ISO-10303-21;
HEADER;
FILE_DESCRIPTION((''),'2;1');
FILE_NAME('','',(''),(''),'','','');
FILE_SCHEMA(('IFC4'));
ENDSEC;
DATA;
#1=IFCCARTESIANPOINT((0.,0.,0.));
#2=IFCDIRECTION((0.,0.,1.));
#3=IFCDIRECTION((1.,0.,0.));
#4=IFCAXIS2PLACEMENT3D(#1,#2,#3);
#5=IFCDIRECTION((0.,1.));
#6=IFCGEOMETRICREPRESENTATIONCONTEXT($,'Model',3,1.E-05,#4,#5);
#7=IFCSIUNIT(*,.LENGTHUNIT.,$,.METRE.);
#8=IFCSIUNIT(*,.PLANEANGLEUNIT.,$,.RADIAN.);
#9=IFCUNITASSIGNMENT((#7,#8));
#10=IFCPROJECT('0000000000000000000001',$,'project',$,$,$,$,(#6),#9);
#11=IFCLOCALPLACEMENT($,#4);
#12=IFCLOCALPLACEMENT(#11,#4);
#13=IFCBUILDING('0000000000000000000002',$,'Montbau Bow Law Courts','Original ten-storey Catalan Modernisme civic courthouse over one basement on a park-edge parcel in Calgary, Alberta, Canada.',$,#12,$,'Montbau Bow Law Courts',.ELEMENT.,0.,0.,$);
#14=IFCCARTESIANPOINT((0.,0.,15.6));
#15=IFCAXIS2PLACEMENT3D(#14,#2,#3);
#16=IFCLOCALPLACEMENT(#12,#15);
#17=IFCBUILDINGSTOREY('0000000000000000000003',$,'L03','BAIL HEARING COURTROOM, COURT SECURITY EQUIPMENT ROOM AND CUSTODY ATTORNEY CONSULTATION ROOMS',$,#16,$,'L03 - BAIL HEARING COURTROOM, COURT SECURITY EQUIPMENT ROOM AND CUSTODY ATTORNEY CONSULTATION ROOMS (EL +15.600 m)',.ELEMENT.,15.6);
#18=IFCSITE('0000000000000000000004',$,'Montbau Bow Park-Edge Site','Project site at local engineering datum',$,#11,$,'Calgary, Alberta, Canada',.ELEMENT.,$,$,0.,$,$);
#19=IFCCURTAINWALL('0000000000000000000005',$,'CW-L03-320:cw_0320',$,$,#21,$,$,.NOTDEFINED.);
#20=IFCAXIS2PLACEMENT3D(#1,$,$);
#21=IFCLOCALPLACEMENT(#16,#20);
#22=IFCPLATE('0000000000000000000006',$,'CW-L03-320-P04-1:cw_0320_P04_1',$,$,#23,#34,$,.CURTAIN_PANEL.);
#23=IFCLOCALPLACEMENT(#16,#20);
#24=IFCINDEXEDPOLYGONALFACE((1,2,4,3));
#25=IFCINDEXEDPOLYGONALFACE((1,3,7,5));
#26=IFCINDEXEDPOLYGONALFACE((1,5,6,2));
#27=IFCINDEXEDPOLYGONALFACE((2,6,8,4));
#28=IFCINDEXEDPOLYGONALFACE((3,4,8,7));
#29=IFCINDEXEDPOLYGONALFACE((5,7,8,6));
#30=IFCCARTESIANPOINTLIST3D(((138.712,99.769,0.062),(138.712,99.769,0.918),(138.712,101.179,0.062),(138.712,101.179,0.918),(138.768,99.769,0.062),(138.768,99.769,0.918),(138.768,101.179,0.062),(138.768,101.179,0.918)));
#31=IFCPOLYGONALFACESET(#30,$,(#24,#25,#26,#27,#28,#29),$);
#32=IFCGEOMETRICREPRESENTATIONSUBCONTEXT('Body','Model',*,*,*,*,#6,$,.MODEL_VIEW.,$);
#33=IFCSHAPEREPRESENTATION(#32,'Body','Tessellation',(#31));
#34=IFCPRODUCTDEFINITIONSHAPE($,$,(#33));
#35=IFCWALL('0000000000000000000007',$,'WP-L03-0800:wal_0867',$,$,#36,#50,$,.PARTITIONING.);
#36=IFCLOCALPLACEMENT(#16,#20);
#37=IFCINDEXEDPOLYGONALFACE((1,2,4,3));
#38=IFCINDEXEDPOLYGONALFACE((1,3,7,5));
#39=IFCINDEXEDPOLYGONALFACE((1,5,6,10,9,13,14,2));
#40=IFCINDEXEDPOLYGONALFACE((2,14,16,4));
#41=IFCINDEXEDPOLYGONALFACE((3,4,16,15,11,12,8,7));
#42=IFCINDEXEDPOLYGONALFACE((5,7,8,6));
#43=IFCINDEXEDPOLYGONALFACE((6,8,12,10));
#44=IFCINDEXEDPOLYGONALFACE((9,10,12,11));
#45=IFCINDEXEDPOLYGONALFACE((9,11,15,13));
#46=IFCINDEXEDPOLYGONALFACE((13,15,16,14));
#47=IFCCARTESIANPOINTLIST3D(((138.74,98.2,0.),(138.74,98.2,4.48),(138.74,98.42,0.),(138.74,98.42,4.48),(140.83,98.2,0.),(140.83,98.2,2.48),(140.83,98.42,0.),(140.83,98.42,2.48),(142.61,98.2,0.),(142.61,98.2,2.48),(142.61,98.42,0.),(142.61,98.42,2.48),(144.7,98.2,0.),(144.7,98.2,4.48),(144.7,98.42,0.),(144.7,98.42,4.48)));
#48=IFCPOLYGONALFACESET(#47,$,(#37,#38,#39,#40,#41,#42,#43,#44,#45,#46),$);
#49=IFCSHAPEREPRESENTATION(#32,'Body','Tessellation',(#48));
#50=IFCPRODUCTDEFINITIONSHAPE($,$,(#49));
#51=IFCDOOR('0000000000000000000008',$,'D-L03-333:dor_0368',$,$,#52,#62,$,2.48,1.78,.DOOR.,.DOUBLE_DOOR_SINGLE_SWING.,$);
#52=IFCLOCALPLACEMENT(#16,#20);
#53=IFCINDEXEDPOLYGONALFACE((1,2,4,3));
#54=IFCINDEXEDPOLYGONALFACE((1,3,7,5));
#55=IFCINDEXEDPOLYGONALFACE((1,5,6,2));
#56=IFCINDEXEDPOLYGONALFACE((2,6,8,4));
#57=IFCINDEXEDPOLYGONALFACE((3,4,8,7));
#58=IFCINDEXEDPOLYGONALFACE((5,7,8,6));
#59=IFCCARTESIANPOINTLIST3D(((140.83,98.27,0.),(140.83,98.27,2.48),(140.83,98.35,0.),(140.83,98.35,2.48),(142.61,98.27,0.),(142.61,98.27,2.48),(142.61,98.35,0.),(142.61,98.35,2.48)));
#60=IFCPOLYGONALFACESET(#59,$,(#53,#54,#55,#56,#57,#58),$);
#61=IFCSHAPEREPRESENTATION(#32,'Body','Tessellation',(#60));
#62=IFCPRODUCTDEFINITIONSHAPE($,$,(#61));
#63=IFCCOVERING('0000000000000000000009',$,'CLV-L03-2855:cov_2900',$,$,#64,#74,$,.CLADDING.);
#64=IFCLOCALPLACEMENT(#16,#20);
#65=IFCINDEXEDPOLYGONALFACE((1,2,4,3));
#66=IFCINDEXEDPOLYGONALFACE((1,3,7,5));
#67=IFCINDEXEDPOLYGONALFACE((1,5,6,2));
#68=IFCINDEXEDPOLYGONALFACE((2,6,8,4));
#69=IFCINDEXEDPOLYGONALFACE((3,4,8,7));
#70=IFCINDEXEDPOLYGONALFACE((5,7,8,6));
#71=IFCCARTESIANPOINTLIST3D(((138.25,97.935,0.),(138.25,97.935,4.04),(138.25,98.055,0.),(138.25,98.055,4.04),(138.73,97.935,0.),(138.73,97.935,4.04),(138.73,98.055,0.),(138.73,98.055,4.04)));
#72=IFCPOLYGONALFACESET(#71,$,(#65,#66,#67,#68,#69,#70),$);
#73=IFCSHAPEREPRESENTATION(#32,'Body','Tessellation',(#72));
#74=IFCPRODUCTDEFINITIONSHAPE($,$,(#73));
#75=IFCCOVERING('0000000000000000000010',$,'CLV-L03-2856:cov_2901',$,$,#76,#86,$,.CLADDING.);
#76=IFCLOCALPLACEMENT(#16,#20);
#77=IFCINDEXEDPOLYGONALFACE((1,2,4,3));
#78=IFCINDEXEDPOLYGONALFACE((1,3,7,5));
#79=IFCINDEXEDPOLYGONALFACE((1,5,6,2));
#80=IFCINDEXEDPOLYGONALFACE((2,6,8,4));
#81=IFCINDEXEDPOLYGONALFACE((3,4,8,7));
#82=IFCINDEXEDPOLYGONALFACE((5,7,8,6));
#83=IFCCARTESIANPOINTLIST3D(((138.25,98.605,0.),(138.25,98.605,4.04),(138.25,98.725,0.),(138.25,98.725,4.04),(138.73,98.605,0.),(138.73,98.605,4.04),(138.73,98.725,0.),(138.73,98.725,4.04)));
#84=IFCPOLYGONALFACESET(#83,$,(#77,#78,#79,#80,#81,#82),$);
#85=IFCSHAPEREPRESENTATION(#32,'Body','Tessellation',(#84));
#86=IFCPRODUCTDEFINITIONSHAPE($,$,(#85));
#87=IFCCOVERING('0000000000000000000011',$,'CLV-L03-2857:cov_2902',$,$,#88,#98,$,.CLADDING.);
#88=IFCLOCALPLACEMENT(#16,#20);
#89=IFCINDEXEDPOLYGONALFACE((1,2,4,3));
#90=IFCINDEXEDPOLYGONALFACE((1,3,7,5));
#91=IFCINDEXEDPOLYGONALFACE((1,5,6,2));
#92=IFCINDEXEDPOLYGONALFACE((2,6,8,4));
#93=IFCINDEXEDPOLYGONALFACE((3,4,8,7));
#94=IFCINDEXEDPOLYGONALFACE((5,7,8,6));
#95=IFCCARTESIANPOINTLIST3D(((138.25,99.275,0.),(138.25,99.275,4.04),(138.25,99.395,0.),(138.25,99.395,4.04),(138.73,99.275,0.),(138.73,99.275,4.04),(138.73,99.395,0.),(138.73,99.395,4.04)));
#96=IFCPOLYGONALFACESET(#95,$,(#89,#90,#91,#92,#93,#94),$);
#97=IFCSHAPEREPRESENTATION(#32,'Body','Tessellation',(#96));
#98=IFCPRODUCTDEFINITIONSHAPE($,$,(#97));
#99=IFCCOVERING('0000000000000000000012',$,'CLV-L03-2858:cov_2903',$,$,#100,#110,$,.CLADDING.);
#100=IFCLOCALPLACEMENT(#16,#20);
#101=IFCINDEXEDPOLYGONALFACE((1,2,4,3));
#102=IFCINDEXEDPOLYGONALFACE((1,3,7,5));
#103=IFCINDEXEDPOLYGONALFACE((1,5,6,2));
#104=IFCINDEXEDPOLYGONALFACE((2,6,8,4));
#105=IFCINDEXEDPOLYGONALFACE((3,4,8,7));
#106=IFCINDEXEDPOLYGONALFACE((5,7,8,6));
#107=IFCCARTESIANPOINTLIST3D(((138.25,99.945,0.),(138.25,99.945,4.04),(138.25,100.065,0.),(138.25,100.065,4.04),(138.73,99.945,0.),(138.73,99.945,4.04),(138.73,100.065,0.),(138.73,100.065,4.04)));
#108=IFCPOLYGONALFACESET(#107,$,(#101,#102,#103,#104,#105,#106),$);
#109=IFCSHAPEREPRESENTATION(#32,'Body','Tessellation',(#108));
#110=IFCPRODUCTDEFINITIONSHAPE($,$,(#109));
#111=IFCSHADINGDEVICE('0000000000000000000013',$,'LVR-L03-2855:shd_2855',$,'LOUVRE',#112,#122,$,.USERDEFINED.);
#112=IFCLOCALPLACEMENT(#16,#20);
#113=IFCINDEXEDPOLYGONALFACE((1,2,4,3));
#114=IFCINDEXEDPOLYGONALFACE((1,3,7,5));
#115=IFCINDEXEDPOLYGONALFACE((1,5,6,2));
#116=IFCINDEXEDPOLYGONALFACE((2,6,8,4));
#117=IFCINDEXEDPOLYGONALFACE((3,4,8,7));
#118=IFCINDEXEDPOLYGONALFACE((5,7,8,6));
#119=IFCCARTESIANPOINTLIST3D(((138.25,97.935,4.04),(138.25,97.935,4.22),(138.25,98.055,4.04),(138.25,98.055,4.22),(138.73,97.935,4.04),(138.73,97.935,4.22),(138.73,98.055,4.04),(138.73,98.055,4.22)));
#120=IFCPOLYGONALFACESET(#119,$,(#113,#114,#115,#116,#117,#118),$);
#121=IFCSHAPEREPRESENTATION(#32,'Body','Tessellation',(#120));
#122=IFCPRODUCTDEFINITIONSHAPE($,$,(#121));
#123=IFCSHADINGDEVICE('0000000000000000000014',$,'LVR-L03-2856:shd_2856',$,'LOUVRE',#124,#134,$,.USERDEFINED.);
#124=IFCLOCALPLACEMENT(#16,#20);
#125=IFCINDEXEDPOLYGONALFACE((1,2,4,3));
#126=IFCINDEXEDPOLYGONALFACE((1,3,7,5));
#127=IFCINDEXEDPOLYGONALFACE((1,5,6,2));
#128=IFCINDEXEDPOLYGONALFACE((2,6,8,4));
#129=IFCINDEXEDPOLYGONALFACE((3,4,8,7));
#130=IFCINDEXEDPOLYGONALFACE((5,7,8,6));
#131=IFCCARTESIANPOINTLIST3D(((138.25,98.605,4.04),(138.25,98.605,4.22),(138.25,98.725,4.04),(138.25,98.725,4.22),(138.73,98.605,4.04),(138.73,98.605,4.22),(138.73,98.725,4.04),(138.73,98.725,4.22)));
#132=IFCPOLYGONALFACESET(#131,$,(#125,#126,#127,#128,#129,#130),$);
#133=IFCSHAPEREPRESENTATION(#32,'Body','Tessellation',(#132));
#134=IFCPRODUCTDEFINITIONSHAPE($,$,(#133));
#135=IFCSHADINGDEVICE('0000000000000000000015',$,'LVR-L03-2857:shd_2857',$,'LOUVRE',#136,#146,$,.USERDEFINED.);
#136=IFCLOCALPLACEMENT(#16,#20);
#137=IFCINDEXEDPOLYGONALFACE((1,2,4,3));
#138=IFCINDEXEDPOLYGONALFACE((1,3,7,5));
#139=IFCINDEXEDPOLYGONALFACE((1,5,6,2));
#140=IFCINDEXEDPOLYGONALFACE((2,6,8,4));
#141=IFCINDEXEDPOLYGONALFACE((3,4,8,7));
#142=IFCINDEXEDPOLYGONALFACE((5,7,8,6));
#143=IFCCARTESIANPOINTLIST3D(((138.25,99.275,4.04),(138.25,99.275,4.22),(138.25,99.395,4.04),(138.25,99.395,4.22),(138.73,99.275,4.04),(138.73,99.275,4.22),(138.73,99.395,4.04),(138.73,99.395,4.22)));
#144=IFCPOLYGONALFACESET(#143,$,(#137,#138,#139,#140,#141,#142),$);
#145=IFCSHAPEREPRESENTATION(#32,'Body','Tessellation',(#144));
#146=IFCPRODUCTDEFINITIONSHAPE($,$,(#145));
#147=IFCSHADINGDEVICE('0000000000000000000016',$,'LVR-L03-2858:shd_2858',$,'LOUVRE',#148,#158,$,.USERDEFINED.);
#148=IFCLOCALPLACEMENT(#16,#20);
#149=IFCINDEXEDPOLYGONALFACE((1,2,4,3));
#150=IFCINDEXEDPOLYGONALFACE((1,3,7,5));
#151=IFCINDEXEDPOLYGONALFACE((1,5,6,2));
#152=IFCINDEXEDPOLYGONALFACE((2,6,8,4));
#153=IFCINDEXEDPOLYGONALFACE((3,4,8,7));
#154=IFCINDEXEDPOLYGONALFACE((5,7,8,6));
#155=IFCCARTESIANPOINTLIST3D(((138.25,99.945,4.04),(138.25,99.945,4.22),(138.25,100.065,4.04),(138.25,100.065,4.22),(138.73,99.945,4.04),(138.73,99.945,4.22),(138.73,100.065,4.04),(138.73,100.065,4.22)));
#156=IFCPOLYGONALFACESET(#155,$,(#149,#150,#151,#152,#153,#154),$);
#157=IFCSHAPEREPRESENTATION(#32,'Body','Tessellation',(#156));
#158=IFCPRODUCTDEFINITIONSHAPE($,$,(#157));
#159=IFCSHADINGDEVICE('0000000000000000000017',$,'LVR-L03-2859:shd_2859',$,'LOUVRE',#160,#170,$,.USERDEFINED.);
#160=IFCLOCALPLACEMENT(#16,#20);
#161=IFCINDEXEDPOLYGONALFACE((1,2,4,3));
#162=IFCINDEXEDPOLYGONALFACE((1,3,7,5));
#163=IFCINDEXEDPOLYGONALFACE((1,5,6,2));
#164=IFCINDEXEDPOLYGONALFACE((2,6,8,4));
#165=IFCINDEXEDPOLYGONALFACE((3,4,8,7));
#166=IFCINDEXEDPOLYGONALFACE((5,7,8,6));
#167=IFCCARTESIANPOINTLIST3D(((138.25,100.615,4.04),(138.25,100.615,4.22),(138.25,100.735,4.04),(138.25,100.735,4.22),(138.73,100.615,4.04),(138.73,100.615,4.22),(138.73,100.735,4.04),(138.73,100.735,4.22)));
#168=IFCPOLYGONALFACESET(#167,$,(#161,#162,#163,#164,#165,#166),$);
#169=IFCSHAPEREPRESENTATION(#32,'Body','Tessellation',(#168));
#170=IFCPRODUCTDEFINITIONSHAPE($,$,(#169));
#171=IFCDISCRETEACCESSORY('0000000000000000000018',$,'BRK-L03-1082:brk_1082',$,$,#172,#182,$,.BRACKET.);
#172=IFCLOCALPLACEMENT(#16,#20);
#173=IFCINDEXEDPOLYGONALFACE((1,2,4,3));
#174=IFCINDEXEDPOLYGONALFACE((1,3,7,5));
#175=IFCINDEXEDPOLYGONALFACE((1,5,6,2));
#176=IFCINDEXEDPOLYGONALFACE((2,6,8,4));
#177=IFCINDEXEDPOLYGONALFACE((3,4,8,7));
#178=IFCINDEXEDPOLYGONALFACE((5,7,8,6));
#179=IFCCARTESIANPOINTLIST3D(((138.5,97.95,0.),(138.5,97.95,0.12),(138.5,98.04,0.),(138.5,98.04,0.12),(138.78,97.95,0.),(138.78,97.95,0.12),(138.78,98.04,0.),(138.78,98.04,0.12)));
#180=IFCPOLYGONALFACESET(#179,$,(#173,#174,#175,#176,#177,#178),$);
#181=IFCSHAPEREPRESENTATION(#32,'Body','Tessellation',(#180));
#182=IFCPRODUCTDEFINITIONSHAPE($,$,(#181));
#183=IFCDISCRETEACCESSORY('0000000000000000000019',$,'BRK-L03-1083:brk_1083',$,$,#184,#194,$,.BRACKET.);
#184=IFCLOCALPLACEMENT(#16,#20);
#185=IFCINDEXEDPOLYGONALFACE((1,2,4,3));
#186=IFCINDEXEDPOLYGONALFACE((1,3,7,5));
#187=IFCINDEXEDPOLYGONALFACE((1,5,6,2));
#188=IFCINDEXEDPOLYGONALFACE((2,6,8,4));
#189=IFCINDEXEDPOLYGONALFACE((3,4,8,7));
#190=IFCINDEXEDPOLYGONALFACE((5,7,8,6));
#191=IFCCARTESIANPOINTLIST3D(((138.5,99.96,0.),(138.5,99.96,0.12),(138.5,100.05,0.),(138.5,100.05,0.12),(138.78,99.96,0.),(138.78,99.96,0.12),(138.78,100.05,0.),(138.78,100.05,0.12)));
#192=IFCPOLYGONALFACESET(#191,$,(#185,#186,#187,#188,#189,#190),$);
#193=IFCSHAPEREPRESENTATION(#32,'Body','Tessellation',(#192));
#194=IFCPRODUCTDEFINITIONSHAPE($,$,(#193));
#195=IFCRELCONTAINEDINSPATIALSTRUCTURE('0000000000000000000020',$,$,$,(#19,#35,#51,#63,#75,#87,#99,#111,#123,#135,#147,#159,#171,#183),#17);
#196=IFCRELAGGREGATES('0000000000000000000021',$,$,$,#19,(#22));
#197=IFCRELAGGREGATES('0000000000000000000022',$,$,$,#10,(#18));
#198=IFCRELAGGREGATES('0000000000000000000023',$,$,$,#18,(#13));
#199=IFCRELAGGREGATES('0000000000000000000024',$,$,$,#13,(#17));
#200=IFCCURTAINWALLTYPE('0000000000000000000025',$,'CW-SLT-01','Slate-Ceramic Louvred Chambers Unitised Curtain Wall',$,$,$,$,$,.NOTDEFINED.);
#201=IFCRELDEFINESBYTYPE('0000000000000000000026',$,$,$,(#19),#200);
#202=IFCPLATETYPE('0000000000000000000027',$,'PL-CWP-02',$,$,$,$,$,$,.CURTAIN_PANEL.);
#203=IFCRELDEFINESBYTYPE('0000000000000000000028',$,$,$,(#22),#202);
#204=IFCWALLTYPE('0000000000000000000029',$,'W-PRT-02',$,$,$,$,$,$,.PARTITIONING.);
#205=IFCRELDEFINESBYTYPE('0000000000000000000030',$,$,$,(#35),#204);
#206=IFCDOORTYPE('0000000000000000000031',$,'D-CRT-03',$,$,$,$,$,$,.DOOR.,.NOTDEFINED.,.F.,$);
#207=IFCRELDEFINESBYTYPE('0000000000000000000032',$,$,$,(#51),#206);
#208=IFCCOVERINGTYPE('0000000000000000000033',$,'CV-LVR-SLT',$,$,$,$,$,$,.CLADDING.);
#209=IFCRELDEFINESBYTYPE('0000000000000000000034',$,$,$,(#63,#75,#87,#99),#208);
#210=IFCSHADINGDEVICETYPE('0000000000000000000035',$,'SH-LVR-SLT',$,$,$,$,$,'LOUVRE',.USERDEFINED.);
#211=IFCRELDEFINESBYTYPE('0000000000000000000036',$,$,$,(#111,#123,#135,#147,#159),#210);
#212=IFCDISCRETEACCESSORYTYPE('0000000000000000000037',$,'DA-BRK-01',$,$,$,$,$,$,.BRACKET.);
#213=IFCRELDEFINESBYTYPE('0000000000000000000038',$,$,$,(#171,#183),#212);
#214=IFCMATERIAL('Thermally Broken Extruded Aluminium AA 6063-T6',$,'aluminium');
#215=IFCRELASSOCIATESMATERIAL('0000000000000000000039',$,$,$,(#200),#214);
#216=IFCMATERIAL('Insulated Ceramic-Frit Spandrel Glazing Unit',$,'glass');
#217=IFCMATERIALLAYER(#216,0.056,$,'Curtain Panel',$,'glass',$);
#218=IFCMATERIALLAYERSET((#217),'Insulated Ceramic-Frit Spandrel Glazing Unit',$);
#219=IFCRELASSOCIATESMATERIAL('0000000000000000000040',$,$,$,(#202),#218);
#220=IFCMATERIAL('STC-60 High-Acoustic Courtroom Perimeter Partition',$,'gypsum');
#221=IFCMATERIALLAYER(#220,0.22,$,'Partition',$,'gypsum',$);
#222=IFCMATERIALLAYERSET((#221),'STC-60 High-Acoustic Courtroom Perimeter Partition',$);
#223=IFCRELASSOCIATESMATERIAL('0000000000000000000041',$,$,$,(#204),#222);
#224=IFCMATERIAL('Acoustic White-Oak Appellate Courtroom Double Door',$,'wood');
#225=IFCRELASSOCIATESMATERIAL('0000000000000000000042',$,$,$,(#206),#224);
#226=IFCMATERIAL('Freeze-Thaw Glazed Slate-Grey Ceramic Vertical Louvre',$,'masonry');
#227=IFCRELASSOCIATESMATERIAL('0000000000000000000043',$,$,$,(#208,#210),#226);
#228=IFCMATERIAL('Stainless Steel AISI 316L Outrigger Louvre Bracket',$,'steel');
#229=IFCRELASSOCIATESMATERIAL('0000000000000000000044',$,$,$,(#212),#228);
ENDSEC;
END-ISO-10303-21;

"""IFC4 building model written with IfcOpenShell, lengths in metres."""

from ifc_helpers import new_model, si_unit, direction, frame, frame_2d, origin_with_axes, origin_2d_with_axis, place, context, subcontext, project, spatial, rectangle, extrude, material, layer, layer_set, type_object, element, fill, aggregate, save


model = new_model("IFC4")

# Units and contexts
model_context = context("Model", 3, precision=1e-05, world=origin_with_axes(), true_north=direction((0.0, 1.0)))
body_context = subcontext(model_context, "Body", "Model", "MODEL_VIEW")
ifc_project = project(units=[si_unit("LENGTHUNIT", "METRE"), si_unit("PLANEANGLEUNIT", "RADIAN")], contexts=[model_context])

# Site, building, storey
site_placement = place(None, origin_with_axes())
site = spatial("IfcSite", under=ifc_project, at=site_placement, Name="Montbau Bow Park-Edge Site", Description="Project site at local engineering datum", LongName="Calgary, Alberta, Canada", CompositionType="ELEMENT", RefElevation=0.0)
building_placement = place(site_placement, origin_with_axes())
building = spatial("IfcBuilding", under=site, at=building_placement, Name="Montbau Bow Law Courts", Description="Original ten-storey Catalan Modernisme civic courthouse over one basement on a park-edge parcel in Calgary, Alberta, Canada.", LongName="Montbau Bow Law Courts", CompositionType="ELEMENT", ElevationOfRefHeight=0.0, ElevationOfTerrain=0.0)
storey_placement = place(building_placement, frame((0.0, 0.0, 15.6), z_axis=(0.0, 0.0, 1.0), x_axis=(1.0, 0.0, 0.0)))
storey = spatial("IfcBuildingStorey", under=building, at=storey_placement, Name="L03", Description="BAIL HEARING COURTROOM, COURT SECURITY EQUIPMENT ROOM AND CUSTODY ATTORNEY CONSULTATION ROOMS", LongName="L03 - BAIL HEARING COURTROOM, COURT SECURITY EQUIPMENT ROOM AND CUSTODY ATTORNEY CONSULTATION ROOMS (EL +15.600 m)", CompositionType="ELEMENT", Elevation=15.6)

# Curtain wall, plate
ifc_material_1 = material(Name="Thermally Broken Extruded Aluminium AA 6063-T6", Category="aluminium")
curtain_wall_type = type_object("IfcCurtainWallType", Name="CW-SLT-01", Description="Slate-Ceramic Louvred Chambers Unitised Curtain Wall", PredefinedType="NOTDEFINED", material=ifc_material_1)
curtain_wall_placement = place(None, frame((138.74, 95.315, 15.6), z_axis=(0.0, 0.0, 1.0), x_axis=(1.0, 0.0, 0.0)))
curtain_wall = element("IfcCurtainWall", 1, at=curtain_wall_placement, inside=storey, type_object=curtain_wall_type, Name="CW-L03-320:cw_0320", PredefinedType="NOTDEFINED")
ifc_material_2 = material(Name="Insulated Ceramic-Frit Spandrel Glazing Unit", Category="glass")
ifc_layer_1 = layer(ifc_material_2, 0.056, Name="Curtain Panel", Category="glass")
ifc_layer_set_1 = layer_set([ifc_layer_1], Name="Insulated Ceramic-Frit Spandrel Glazing Unit")
plate_type_1 = type_object("IfcPlateType", Name="PL-CWP-02", PredefinedType="CURTAIN_PANEL", material=ifc_layer_set_1)
plate_1_placement = place(None, frame((138.74, 99.769, 15.662), z_axis=(1.0, 0.0, 0.0), x_axis=(0.0, 1.0, 0.0)))
plate_1 = element("IfcPlate", 2, at=plate_1_placement, type_object=plate_type_1, Name="CW-L03-320-P04-1:cw_0320_P04_1", PredefinedType="CURTAIN_PANEL", context=body_context, shape_type="SweptSolid", body=[
    extrude(rectangle(XDim=1.41, YDim=0.856, at=frame_2d((0.705, 0.428), x_axis=(1.0, 0.0))), frame((0.0, 0.0, -0.028), z_axis=(0.0, 0.0, 1.0), x_axis=(1.0, 0.0, 0.0)), (0.0, 0.0, 1.0), 0.056),
])
aggregate(curtain_wall, [plate_1])

# Wall, opening, door
ifc_material_3 = material(Name="STC-60 High-Acoustic Courtroom Perimeter Partition", Category="gypsum")
ifc_layer_2 = layer(ifc_material_3, 0.22, Name="Partition", Category="gypsum")
ifc_layer_set_2 = layer_set([ifc_layer_2], Name="STC-60 High-Acoustic Courtroom Perimeter Partition")
wall_type = type_object("IfcWallType", Name="W-PRT-02", PredefinedType="PARTITIONING", material=ifc_layer_set_2)
wall_placement = place(None, frame((138.74, 98.31, 15.6), z_axis=(0.0, 0.0, 1.0), x_axis=(1.0, 0.0, 0.0)))
wall = element("IfcWall", 3, at=wall_placement, inside=storey, type_object=wall_type, Name="WP-L03-0800:wal_0867", PredefinedType="PARTITIONING", context=body_context, shape_type="SweptSolid", body=[
    extrude(rectangle(XDim=5.96, YDim=0.22, at=frame_2d((2.98, 0.0), x_axis=(1.0, 0.0))), origin_with_axes(), (0.0, 0.0, 1.0), 4.48),
])
opening_placement = place(None, frame((141.72, 98.31, 15.6), z_axis=(0.0, 0.0, 1.0), x_axis=(1.0, 0.0, 0.0)))
opening = element("IfcOpeningElement", 4, at=opening_placement, cuts=wall, PredefinedType="OPENING", context=body_context, shape_type="SweptSolid", body=[
    extrude(rectangle(XDim=1.78, YDim=2.48, at=frame_2d((0.0, 1.24), x_axis=(1.0, 0.0))), frame((0.0, 0.12, 0.0), z_axis=(0.0, -1.0, 0.0), x_axis=(1.0, 0.0, 0.0)), (0.0, 0.0, 1.0), 0.24),
])
ifc_material_4 = material(Name="Acoustic White-Oak Appellate Courtroom Double Door", Category="wood")
door_type = type_object("IfcDoorType", Name="D-CRT-03", OperationType="NOTDEFINED", ParameterTakesPrecedence=False, PredefinedType="DOOR", material=ifc_material_4)
door_placement = place(None, frame((141.72, 98.31, 15.6), z_axis=(0.0, 0.0, 1.0), x_axis=(1.0, 0.0, 0.0)))
door = element("IfcDoor", 5, at=door_placement, inside=storey, type_object=door_type, Name="D-L03-333:dor_0368", OperationType="DOUBLE_DOOR_SINGLE_SWING", OverallHeight=2.48, OverallWidth=1.78, PredefinedType="DOOR", context=body_context, shape_type="SweptSolid", body=[
    extrude(rectangle(XDim=1.78, YDim=2.48, at=frame_2d((0.0, 1.24), x_axis=(1.0, 0.0))), frame((0.0, 0.04, 0.0), z_axis=(0.0, -1.0, 0.0), x_axis=(1.0, 0.0, 0.0)), (0.0, 0.0, 1.0), 0.08),
])
fill(opening, door)

# Coverings
ifc_material_5 = material(Name="Freeze-Thaw Glazed Slate-Grey Ceramic Vertical Louvre", Category="masonry")
covering_type = type_object("IfcCoveringType", Name="CV-LVR-SLT", PredefinedType="CLADDING", material=ifc_material_5)
for number, where, z_axis, x_axis, name in (
    (6, (138.73, 97.995, 15.6), (0.0, 1.0, 0.0), (-1.0, 0.0, 0.0), "CLV-L03-2855:cov_2900"),
    (7, (138.73, 98.665, 15.6), (0.0, 1.0, 0.0), (-1.0, 0.0, 0.0), "CLV-L03-2856:cov_2901"),
    (8, (138.73, 99.335, 15.6), (0.0, 1.0, 0.0), (-1.0, 0.0, 0.0), "CLV-L03-2857:cov_2902"),
    (9, (138.73, 100.005, 15.6), (0.0, 1.0, 0.0), (-1.0, 0.0, 0.0), "CLV-L03-2858:cov_2903"),
):
    element("IfcCovering", number, at=place(None, frame(where, z_axis=z_axis, x_axis=x_axis)), inside=storey, type_object=covering_type, Name=name, PredefinedType="CLADDING", context=body_context, shape_type="SweptSolid", body=[
        extrude(rectangle(XDim=0.48, YDim=4.04, at=frame_2d((0.24, 2.02), x_axis=(1.0, 0.0))), frame((0.0, 0.0, -0.06), z_axis=(0.0, 0.0, 1.0), x_axis=(1.0, 0.0, 0.0)), (0.0, 0.0, 1.0), 0.12),
    ])

# Shading devices
shading_device_type = type_object("IfcShadingDeviceType", Name="SH-LVR-SLT", ElementType="LOUVRE", PredefinedType="USERDEFINED", material=ifc_material_5)
for number, where, z_axis, x_axis, name in (
    (10, (138.49, 97.995, 19.64), (0.0, 0.0, 1.0), (-1.0, 0.0, 0.0), "LVR-L03-2855:shd_2855"),
    (11, (138.49, 98.665, 19.64), (0.0, 0.0, 1.0), (-1.0, 0.0, 0.0), "LVR-L03-2856:shd_2856"),
    (12, (138.49, 99.335, 19.64), (0.0, 0.0, 1.0), (-1.0, 0.0, 0.0), "LVR-L03-2857:shd_2857"),
    (13, (138.49, 100.005, 19.64), (0.0, 0.0, 1.0), (-1.0, 0.0, 0.0), "LVR-L03-2858:shd_2858"),
    (14, (138.49, 100.675, 19.64), (0.0, 0.0, 1.0), (-1.0, 0.0, 0.0), "LVR-L03-2859:shd_2859"),
):
    element("IfcShadingDevice", number, at=place(None, frame(where, z_axis=z_axis, x_axis=x_axis)), inside=storey, type_object=shading_device_type, Name=name, ObjectType="LOUVRE", PredefinedType="USERDEFINED", context=body_context, shape_type="SweptSolid", body=[
        extrude(rectangle(XDim=0.48, YDim=0.12, at=origin_2d_with_axis()), origin_with_axes(), (0.0, 0.0, 1.0), 0.18),
    ])

# Discrete accessories
ifc_material_6 = material(Name="Stainless Steel AISI 316L Outrigger Louvre Bracket", Category="steel")
discrete_accessory_type = type_object("IfcDiscreteAccessoryType", Name="DA-BRK-01", PredefinedType="BRACKET", material=ifc_material_6)
for number, where, z_axis, x_axis, name in (
    (15, (138.64, 97.995, 15.6), (0.0, 0.0, 1.0), (-1.0, 0.0, 0.0), "BRK-L03-1082:brk_1082"),
    (16, (138.64, 100.005, 15.6), (0.0, 0.0, 1.0), (-1.0, 0.0, 0.0), "BRK-L03-1083:brk_1083"),
):
    element("IfcDiscreteAccessory", number, at=place(None, frame(where, z_axis=z_axis, x_axis=x_axis)), inside=storey, type_object=discrete_accessory_type, Name=name, PredefinedType="BRACKET", context=body_context, shape_type="SweptSolid", body=[
        extrude(rectangle(XDim=0.28, YDim=0.09, at=origin_2d_with_axis()), origin_with_axes(), (0.0, 0.0, 1.0), 0.12),
    ])

save(model, "model.ifc")
